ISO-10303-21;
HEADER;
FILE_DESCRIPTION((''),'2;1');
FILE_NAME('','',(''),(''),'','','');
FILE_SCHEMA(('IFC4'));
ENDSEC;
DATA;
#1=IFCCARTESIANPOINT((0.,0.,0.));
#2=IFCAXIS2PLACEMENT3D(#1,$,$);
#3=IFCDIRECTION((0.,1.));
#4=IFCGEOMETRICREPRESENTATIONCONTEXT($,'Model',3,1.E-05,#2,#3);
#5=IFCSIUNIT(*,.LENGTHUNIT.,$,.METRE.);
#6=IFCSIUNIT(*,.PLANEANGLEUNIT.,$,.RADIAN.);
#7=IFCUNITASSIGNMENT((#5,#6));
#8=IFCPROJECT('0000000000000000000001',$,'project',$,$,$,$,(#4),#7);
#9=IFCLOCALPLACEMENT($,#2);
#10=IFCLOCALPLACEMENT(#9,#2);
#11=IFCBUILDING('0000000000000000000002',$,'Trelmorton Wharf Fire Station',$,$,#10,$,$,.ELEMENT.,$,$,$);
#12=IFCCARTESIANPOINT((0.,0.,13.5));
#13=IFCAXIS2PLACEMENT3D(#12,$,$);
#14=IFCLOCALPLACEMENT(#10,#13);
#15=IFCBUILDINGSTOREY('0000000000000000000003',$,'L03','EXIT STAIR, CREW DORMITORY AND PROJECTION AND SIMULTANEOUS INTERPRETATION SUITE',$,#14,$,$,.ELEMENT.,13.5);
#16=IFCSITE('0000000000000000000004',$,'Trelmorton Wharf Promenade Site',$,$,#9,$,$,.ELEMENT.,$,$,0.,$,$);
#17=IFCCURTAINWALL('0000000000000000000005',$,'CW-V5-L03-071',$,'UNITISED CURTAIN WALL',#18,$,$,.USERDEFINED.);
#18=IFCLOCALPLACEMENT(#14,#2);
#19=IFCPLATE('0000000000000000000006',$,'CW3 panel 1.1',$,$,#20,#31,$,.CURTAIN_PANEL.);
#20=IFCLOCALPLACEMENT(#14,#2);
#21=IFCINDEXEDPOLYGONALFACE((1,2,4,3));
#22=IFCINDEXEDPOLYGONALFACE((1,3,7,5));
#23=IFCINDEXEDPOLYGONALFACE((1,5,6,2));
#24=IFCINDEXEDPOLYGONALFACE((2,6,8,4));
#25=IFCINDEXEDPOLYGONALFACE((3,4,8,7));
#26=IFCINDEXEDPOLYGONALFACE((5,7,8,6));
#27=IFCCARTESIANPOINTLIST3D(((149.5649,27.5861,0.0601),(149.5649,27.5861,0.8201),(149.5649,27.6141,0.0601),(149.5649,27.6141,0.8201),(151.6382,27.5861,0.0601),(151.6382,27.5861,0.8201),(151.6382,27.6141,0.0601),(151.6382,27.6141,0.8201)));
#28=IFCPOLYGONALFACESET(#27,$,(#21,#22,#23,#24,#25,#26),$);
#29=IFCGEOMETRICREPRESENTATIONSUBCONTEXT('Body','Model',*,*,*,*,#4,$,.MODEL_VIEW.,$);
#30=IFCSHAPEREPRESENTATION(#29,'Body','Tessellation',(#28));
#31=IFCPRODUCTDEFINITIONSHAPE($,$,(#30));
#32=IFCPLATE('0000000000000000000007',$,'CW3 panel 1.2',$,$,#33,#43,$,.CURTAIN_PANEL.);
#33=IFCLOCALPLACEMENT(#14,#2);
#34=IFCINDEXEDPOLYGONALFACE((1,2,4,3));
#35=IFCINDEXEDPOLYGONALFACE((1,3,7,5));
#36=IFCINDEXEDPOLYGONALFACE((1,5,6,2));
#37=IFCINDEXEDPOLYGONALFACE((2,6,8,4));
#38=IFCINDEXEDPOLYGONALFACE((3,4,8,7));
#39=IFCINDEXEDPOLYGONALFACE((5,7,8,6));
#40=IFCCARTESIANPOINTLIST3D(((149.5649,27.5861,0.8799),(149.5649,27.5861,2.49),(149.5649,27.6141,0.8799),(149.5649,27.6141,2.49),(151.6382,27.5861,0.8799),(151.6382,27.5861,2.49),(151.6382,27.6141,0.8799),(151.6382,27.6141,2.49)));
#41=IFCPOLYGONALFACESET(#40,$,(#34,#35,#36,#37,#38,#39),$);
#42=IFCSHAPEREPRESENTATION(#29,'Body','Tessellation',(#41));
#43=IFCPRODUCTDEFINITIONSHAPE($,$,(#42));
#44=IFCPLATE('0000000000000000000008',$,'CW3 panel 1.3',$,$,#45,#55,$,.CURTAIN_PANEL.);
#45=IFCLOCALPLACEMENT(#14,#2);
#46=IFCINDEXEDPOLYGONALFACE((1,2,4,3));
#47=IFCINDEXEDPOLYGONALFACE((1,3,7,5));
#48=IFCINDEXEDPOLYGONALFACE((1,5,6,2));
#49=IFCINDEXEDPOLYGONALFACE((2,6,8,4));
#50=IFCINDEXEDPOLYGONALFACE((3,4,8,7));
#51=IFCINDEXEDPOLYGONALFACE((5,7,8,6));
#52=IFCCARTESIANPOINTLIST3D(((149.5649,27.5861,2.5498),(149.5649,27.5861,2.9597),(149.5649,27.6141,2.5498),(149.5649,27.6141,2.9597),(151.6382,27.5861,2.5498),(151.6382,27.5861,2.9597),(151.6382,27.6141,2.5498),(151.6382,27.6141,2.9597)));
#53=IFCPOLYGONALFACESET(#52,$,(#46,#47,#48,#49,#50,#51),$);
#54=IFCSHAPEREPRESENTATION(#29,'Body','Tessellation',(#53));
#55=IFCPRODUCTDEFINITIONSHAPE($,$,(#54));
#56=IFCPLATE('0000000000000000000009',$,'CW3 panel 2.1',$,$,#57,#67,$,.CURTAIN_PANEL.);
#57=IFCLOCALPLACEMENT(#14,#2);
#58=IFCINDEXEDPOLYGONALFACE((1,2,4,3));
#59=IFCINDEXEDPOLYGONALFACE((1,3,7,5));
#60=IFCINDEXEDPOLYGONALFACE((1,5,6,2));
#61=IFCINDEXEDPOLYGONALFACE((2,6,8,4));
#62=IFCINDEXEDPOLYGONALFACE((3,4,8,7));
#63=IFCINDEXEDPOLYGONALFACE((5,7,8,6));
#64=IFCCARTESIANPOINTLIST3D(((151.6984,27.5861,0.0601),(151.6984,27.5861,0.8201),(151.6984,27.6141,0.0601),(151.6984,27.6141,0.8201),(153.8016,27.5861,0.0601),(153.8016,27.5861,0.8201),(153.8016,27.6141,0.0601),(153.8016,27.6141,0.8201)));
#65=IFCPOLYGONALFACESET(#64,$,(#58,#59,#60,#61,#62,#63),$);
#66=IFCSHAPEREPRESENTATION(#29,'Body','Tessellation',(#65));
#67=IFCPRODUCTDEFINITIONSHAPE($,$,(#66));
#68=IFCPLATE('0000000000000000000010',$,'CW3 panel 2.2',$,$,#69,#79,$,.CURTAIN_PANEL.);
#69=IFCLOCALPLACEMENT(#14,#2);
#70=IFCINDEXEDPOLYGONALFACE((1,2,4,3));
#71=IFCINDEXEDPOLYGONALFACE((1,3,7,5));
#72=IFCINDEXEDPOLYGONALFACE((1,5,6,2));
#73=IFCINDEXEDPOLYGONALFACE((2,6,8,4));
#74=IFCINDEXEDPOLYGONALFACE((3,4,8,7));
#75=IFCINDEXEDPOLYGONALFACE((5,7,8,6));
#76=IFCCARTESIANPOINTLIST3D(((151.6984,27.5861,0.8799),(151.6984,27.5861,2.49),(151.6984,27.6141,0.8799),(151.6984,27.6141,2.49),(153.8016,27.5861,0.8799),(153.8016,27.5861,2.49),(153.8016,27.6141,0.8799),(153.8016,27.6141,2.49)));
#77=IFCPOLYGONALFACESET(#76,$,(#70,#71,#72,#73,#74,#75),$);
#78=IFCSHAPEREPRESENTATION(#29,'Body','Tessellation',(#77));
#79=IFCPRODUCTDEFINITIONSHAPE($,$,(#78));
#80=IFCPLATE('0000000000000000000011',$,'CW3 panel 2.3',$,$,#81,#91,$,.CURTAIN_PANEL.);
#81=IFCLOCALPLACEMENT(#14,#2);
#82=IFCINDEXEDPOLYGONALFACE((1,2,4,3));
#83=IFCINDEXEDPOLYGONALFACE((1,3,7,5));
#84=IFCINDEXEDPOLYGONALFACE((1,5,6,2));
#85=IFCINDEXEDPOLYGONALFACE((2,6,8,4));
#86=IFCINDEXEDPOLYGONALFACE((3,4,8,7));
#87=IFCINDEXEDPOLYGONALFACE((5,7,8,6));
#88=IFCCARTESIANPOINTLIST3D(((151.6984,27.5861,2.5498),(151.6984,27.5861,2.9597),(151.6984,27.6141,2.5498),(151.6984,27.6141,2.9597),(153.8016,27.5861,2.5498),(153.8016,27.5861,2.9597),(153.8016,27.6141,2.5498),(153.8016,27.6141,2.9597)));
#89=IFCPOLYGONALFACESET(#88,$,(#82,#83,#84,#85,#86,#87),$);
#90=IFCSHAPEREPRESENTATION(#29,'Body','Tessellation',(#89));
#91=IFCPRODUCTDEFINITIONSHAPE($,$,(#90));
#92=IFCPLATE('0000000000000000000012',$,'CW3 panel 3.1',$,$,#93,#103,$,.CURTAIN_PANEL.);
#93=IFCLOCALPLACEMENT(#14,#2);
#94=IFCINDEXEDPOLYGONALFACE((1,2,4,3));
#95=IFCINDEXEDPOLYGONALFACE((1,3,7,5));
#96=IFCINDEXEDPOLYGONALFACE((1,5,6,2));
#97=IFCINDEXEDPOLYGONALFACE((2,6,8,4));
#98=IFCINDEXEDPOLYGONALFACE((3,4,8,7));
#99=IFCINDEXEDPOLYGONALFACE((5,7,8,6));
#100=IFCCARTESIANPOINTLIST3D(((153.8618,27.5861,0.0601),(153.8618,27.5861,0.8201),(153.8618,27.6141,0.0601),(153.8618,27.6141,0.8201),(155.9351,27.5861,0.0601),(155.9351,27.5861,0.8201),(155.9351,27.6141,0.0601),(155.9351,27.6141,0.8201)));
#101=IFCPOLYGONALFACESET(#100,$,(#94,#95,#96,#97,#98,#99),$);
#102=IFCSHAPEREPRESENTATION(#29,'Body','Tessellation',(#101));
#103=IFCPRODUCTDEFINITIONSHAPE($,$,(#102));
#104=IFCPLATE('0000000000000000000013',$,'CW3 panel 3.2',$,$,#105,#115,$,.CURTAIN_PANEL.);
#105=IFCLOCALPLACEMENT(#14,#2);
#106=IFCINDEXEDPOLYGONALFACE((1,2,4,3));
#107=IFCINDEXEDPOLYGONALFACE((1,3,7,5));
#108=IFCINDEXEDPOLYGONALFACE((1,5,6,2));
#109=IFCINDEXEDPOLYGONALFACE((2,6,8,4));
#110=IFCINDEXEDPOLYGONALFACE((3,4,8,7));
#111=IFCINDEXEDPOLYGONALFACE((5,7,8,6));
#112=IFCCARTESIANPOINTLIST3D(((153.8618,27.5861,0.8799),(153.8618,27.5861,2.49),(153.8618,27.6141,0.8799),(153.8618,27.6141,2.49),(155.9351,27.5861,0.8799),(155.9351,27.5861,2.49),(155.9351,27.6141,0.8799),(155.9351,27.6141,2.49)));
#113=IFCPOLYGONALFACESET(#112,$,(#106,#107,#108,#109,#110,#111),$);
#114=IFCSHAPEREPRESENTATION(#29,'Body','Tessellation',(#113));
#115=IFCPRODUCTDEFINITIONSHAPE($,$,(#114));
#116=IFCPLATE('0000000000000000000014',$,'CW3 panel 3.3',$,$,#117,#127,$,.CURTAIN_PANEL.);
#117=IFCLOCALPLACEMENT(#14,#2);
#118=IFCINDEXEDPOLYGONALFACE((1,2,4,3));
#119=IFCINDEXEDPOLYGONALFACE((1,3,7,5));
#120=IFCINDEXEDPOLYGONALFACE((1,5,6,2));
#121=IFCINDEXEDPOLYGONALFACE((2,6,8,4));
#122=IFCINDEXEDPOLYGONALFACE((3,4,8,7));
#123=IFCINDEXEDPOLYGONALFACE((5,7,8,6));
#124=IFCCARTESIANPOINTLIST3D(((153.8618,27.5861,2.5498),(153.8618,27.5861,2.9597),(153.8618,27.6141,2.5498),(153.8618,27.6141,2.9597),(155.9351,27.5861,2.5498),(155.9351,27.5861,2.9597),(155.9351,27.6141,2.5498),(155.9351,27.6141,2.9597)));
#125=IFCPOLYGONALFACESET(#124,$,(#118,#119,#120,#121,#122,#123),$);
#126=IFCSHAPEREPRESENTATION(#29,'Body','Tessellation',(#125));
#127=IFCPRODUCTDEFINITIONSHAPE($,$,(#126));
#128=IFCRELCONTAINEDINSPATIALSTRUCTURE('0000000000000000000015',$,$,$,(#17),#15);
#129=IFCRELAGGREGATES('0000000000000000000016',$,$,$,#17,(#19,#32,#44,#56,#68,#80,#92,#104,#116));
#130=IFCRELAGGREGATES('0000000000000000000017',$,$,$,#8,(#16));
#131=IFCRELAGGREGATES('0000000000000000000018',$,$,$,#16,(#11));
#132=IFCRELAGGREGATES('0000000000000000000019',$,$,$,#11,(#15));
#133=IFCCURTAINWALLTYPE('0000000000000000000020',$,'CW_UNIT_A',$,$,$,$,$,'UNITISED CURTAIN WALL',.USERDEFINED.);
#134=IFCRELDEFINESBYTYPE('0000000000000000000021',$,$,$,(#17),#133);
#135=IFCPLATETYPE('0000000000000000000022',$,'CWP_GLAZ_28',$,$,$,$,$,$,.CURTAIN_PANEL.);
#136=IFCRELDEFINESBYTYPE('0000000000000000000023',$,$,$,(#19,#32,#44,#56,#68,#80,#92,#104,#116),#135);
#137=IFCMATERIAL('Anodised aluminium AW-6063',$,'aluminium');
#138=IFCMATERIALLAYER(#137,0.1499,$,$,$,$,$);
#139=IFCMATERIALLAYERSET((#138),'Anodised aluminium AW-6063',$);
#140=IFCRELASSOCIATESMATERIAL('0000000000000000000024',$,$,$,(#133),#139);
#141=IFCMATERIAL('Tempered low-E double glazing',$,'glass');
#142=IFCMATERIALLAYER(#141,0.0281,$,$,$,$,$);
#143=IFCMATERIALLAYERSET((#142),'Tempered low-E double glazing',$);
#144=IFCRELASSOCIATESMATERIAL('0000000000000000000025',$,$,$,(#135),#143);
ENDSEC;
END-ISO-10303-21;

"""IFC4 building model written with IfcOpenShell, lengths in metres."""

from ifc_helpers import new_model, si_unit, direction, frame, origin, origin_2d, place, context, subcontext, project, spatial, rectangle, extrude, material, layer, layer_set, type_object, element, aggregate, save


model = new_model("IFC4")

# Units and contexts
model_context = context("Model", 3, precision=1e-05, world=origin(), true_north=direction((0.0, 1.0)))
body_context = subcontext(model_context, "Body", "Model", "MODEL_VIEW")
ifc_project = project(units=[si_unit("LENGTHUNIT", "METRE"), si_unit("PLANEANGLEUNIT", "RADIAN")], contexts=[model_context])

# Site, building, storey
site_placement = place(None, origin())
site = spatial("IfcSite", under=ifc_project, at=site_placement, Name="Trelmorton Wharf Promenade Site", CompositionType="ELEMENT", RefElevation=0.0)
building_placement = place(site_placement, origin())
building = spatial("IfcBuilding", under=site, at=building_placement, Name="Trelmorton Wharf Fire Station", CompositionType="ELEMENT")
storey_placement = place(building_placement, frame((0.0, 0.0, 13.5)))
storey = spatial("IfcBuildingStorey", under=building, at=storey_placement, Name="L03", Description="EXIT STAIR, CREW DORMITORY AND PROJECTION AND SIMULTANEOUS INTERPRETATION SUITE", CompositionType="ELEMENT", Elevation=13.5)

# Curtain wall, plates
ifc_material_1 = material(Name="Anodised aluminium AW-6063", Category="aluminium")
ifc_layer_1 = layer(ifc_material_1, 0.1499)
ifc_layer_set_1 = layer_set([ifc_layer_1], Name="Anodised aluminium AW-6063")
curtain_wall_type = type_object("IfcCurtainWallType", Name="CW_UNIT_A", ElementType="UNITISED CURTAIN WALL", PredefinedType="USERDEFINED", material=ifc_layer_set_1)
curtain_wall_placement = place(storey_placement, origin())
curtain_wall = element("IfcCurtainWall", 1, at=curtain_wall_placement, inside=storey, type_object=curtain_wall_type, Name="CW-V5-L03-071", ObjectType="UNITISED CURTAIN WALL", PredefinedType="USERDEFINED")
ifc_material_2 = material(Name="Tempered low-E double glazing", Category="glass")
ifc_layer_2 = layer(ifc_material_2, 0.0281)
ifc_layer_set_2 = layer_set([ifc_layer_2], Name="Tempered low-E double glazing")
plate_type = type_object("IfcPlateType", Name="CWP_GLAZ_28", PredefinedType="CURTAIN_PANEL", material=ifc_layer_set_2)
plate_1_placement = place(storey_placement, frame((150.6016, 27.6001, 0.0601), z_axis=(0.0, 0.0, 1.0), x_axis=(1.0, 0.0, 0.0)))
plate_1 = element("IfcPlate", 2, at=plate_1_placement, type_object=plate_type, Name="CW3 panel 1.1", PredefinedType="CURTAIN_PANEL", context=body_context, shape_type="SweptSolid", body=[
    extrude(rectangle(XDim=2.0732, YDim=0.0281, at=origin_2d()), origin(), (0.0, 0.0, 1.0), 0.76),
])
plate_2_placement = place(storey_placement, frame((150.6016, 27.6001, 0.8799), z_axis=(0.0, 0.0, 1.0), x_axis=(1.0, 0.0, 0.0)))
plate_2 = element("IfcPlate", 3, at=plate_2_placement, type_object=plate_type, Name="CW3 panel 1.2", PredefinedType="CURTAIN_PANEL", context=body_context, shape_type="SweptSolid", body=[
    extrude(rectangle(XDim=2.0732, YDim=0.0281, at=origin_2d()), origin(), (0.0, 0.0, 1.0), 1.6101),
])
plate_3_placement = place(storey_placement, frame((150.6016, 27.6001, 2.5498), z_axis=(0.0, 0.0, 1.0), x_axis=(1.0, 0.0, 0.0)))
plate_3 = element("IfcPlate", 4, at=plate_3_placement, type_object=plate_type, Name="CW3 panel 1.3", PredefinedType="CURTAIN_PANEL", context=body_context, shape_type="SweptSolid", body=[
    extrude(rectangle(XDim=2.0732, YDim=0.0281, at=origin_2d()), origin(), (0.0, 0.0, 1.0), 0.4099),
])
plate_4_placement = place(storey_placement, frame((152.75, 27.6001, 0.0601), z_axis=(0.0, 0.0, 1.0), x_axis=(1.0, 0.0, 0.0)))
plate_4 = element("IfcPlate", 5, at=plate_4_placement, type_object=plate_type, Name="CW3 panel 2.1", PredefinedType="CURTAIN_PANEL", context=body_context, shape_type="SweptSolid", body=[
    extrude(rectangle(XDim=2.1033, YDim=0.0281, at=origin_2d()), origin(), (0.0, 0.0, 1.0), 0.76),
])
plate_5_placement = place(storey_placement, frame((152.75, 27.6001, 0.8799), z_axis=(0.0, 0.0, 1.0), x_axis=(1.0, 0.0, 0.0)))
plate_5 = element("IfcPlate", 6, at=plate_5_placement, type_object=plate_type, Name="CW3 panel 2.2", PredefinedType="CURTAIN_PANEL", context=body_context, shape_type="SweptSolid", body=[
    extrude(rectangle(XDim=2.1033, YDim=0.0281, at=origin_2d()), origin(), (0.0, 0.0, 1.0), 1.6101),
])
plate_6_placement = place(storey_placement, frame((152.75, 27.6001, 2.5498), z_axis=(0.0, 0.0, 1.0), x_axis=(1.0, 0.0, 0.0)))
plate_6 = element("IfcPlate", 7, at=plate_6_placement, type_object=plate_type, Name="CW3 panel 2.3", PredefinedType="CURTAIN_PANEL", context=body_context, shape_type="SweptSolid", body=[
    extrude(rectangle(XDim=2.1033, YDim=0.0281, at=origin_2d()), origin(), (0.0, 0.0, 1.0), 0.4099),
])
plate_7_placement = place(storey_placement, frame((154.8984, 27.6001, 0.0601), z_axis=(0.0, 0.0, 1.0), x_axis=(1.0, 0.0, 0.0)))
plate_7 = element("IfcPlate", 8, at=plate_7_placement, type_object=plate_type, Name="CW3 panel 3.1", PredefinedType="CURTAIN_PANEL", context=body_context, shape_type="SweptSolid", body=[
    extrude(rectangle(XDim=2.0732, YDim=0.0281, at=origin_2d()), origin(), (0.0, 0.0, 1.0), 0.76),
])
plate_8_placement = place(storey_placement, frame((154.8984, 27.6001, 0.8799), z_axis=(0.0, 0.0, 1.0), x_axis=(1.0, 0.0, 0.0)))
plate_8 = element("IfcPlate", 9, at=plate_8_placement, type_object=plate_type, Name="CW3 panel 3.2", PredefinedType="CURTAIN_PANEL", context=body_context, shape_type="SweptSolid", body=[
    extrude(rectangle(XDim=2.0732, YDim=0.0281, at=origin_2d()), origin(), (0.0, 0.0, 1.0), 1.6101),
])
plate_9_placement = place(storey_placement, frame((154.8984, 27.6001, 2.5498), z_axis=(0.0, 0.0, 1.0), x_axis=(1.0, 0.0, 0.0)))
plate_9 = element("IfcPlate", 10, at=plate_9_placement, type_object=plate_type, Name="CW3 panel 3.3", PredefinedType="CURTAIN_PANEL", context=body_context, shape_type="SweptSolid", body=[
    extrude(rectangle(XDim=2.0732, YDim=0.0281, at=origin_2d()), origin(), (0.0, 0.0, 1.0), 0.4099),
])
aggregate(curtain_wall, [plate_1, plate_2, plate_3, plate_4, plate_5, plate_6, plate_7, plate_8, plate_9])

save(model, "model.ifc")
